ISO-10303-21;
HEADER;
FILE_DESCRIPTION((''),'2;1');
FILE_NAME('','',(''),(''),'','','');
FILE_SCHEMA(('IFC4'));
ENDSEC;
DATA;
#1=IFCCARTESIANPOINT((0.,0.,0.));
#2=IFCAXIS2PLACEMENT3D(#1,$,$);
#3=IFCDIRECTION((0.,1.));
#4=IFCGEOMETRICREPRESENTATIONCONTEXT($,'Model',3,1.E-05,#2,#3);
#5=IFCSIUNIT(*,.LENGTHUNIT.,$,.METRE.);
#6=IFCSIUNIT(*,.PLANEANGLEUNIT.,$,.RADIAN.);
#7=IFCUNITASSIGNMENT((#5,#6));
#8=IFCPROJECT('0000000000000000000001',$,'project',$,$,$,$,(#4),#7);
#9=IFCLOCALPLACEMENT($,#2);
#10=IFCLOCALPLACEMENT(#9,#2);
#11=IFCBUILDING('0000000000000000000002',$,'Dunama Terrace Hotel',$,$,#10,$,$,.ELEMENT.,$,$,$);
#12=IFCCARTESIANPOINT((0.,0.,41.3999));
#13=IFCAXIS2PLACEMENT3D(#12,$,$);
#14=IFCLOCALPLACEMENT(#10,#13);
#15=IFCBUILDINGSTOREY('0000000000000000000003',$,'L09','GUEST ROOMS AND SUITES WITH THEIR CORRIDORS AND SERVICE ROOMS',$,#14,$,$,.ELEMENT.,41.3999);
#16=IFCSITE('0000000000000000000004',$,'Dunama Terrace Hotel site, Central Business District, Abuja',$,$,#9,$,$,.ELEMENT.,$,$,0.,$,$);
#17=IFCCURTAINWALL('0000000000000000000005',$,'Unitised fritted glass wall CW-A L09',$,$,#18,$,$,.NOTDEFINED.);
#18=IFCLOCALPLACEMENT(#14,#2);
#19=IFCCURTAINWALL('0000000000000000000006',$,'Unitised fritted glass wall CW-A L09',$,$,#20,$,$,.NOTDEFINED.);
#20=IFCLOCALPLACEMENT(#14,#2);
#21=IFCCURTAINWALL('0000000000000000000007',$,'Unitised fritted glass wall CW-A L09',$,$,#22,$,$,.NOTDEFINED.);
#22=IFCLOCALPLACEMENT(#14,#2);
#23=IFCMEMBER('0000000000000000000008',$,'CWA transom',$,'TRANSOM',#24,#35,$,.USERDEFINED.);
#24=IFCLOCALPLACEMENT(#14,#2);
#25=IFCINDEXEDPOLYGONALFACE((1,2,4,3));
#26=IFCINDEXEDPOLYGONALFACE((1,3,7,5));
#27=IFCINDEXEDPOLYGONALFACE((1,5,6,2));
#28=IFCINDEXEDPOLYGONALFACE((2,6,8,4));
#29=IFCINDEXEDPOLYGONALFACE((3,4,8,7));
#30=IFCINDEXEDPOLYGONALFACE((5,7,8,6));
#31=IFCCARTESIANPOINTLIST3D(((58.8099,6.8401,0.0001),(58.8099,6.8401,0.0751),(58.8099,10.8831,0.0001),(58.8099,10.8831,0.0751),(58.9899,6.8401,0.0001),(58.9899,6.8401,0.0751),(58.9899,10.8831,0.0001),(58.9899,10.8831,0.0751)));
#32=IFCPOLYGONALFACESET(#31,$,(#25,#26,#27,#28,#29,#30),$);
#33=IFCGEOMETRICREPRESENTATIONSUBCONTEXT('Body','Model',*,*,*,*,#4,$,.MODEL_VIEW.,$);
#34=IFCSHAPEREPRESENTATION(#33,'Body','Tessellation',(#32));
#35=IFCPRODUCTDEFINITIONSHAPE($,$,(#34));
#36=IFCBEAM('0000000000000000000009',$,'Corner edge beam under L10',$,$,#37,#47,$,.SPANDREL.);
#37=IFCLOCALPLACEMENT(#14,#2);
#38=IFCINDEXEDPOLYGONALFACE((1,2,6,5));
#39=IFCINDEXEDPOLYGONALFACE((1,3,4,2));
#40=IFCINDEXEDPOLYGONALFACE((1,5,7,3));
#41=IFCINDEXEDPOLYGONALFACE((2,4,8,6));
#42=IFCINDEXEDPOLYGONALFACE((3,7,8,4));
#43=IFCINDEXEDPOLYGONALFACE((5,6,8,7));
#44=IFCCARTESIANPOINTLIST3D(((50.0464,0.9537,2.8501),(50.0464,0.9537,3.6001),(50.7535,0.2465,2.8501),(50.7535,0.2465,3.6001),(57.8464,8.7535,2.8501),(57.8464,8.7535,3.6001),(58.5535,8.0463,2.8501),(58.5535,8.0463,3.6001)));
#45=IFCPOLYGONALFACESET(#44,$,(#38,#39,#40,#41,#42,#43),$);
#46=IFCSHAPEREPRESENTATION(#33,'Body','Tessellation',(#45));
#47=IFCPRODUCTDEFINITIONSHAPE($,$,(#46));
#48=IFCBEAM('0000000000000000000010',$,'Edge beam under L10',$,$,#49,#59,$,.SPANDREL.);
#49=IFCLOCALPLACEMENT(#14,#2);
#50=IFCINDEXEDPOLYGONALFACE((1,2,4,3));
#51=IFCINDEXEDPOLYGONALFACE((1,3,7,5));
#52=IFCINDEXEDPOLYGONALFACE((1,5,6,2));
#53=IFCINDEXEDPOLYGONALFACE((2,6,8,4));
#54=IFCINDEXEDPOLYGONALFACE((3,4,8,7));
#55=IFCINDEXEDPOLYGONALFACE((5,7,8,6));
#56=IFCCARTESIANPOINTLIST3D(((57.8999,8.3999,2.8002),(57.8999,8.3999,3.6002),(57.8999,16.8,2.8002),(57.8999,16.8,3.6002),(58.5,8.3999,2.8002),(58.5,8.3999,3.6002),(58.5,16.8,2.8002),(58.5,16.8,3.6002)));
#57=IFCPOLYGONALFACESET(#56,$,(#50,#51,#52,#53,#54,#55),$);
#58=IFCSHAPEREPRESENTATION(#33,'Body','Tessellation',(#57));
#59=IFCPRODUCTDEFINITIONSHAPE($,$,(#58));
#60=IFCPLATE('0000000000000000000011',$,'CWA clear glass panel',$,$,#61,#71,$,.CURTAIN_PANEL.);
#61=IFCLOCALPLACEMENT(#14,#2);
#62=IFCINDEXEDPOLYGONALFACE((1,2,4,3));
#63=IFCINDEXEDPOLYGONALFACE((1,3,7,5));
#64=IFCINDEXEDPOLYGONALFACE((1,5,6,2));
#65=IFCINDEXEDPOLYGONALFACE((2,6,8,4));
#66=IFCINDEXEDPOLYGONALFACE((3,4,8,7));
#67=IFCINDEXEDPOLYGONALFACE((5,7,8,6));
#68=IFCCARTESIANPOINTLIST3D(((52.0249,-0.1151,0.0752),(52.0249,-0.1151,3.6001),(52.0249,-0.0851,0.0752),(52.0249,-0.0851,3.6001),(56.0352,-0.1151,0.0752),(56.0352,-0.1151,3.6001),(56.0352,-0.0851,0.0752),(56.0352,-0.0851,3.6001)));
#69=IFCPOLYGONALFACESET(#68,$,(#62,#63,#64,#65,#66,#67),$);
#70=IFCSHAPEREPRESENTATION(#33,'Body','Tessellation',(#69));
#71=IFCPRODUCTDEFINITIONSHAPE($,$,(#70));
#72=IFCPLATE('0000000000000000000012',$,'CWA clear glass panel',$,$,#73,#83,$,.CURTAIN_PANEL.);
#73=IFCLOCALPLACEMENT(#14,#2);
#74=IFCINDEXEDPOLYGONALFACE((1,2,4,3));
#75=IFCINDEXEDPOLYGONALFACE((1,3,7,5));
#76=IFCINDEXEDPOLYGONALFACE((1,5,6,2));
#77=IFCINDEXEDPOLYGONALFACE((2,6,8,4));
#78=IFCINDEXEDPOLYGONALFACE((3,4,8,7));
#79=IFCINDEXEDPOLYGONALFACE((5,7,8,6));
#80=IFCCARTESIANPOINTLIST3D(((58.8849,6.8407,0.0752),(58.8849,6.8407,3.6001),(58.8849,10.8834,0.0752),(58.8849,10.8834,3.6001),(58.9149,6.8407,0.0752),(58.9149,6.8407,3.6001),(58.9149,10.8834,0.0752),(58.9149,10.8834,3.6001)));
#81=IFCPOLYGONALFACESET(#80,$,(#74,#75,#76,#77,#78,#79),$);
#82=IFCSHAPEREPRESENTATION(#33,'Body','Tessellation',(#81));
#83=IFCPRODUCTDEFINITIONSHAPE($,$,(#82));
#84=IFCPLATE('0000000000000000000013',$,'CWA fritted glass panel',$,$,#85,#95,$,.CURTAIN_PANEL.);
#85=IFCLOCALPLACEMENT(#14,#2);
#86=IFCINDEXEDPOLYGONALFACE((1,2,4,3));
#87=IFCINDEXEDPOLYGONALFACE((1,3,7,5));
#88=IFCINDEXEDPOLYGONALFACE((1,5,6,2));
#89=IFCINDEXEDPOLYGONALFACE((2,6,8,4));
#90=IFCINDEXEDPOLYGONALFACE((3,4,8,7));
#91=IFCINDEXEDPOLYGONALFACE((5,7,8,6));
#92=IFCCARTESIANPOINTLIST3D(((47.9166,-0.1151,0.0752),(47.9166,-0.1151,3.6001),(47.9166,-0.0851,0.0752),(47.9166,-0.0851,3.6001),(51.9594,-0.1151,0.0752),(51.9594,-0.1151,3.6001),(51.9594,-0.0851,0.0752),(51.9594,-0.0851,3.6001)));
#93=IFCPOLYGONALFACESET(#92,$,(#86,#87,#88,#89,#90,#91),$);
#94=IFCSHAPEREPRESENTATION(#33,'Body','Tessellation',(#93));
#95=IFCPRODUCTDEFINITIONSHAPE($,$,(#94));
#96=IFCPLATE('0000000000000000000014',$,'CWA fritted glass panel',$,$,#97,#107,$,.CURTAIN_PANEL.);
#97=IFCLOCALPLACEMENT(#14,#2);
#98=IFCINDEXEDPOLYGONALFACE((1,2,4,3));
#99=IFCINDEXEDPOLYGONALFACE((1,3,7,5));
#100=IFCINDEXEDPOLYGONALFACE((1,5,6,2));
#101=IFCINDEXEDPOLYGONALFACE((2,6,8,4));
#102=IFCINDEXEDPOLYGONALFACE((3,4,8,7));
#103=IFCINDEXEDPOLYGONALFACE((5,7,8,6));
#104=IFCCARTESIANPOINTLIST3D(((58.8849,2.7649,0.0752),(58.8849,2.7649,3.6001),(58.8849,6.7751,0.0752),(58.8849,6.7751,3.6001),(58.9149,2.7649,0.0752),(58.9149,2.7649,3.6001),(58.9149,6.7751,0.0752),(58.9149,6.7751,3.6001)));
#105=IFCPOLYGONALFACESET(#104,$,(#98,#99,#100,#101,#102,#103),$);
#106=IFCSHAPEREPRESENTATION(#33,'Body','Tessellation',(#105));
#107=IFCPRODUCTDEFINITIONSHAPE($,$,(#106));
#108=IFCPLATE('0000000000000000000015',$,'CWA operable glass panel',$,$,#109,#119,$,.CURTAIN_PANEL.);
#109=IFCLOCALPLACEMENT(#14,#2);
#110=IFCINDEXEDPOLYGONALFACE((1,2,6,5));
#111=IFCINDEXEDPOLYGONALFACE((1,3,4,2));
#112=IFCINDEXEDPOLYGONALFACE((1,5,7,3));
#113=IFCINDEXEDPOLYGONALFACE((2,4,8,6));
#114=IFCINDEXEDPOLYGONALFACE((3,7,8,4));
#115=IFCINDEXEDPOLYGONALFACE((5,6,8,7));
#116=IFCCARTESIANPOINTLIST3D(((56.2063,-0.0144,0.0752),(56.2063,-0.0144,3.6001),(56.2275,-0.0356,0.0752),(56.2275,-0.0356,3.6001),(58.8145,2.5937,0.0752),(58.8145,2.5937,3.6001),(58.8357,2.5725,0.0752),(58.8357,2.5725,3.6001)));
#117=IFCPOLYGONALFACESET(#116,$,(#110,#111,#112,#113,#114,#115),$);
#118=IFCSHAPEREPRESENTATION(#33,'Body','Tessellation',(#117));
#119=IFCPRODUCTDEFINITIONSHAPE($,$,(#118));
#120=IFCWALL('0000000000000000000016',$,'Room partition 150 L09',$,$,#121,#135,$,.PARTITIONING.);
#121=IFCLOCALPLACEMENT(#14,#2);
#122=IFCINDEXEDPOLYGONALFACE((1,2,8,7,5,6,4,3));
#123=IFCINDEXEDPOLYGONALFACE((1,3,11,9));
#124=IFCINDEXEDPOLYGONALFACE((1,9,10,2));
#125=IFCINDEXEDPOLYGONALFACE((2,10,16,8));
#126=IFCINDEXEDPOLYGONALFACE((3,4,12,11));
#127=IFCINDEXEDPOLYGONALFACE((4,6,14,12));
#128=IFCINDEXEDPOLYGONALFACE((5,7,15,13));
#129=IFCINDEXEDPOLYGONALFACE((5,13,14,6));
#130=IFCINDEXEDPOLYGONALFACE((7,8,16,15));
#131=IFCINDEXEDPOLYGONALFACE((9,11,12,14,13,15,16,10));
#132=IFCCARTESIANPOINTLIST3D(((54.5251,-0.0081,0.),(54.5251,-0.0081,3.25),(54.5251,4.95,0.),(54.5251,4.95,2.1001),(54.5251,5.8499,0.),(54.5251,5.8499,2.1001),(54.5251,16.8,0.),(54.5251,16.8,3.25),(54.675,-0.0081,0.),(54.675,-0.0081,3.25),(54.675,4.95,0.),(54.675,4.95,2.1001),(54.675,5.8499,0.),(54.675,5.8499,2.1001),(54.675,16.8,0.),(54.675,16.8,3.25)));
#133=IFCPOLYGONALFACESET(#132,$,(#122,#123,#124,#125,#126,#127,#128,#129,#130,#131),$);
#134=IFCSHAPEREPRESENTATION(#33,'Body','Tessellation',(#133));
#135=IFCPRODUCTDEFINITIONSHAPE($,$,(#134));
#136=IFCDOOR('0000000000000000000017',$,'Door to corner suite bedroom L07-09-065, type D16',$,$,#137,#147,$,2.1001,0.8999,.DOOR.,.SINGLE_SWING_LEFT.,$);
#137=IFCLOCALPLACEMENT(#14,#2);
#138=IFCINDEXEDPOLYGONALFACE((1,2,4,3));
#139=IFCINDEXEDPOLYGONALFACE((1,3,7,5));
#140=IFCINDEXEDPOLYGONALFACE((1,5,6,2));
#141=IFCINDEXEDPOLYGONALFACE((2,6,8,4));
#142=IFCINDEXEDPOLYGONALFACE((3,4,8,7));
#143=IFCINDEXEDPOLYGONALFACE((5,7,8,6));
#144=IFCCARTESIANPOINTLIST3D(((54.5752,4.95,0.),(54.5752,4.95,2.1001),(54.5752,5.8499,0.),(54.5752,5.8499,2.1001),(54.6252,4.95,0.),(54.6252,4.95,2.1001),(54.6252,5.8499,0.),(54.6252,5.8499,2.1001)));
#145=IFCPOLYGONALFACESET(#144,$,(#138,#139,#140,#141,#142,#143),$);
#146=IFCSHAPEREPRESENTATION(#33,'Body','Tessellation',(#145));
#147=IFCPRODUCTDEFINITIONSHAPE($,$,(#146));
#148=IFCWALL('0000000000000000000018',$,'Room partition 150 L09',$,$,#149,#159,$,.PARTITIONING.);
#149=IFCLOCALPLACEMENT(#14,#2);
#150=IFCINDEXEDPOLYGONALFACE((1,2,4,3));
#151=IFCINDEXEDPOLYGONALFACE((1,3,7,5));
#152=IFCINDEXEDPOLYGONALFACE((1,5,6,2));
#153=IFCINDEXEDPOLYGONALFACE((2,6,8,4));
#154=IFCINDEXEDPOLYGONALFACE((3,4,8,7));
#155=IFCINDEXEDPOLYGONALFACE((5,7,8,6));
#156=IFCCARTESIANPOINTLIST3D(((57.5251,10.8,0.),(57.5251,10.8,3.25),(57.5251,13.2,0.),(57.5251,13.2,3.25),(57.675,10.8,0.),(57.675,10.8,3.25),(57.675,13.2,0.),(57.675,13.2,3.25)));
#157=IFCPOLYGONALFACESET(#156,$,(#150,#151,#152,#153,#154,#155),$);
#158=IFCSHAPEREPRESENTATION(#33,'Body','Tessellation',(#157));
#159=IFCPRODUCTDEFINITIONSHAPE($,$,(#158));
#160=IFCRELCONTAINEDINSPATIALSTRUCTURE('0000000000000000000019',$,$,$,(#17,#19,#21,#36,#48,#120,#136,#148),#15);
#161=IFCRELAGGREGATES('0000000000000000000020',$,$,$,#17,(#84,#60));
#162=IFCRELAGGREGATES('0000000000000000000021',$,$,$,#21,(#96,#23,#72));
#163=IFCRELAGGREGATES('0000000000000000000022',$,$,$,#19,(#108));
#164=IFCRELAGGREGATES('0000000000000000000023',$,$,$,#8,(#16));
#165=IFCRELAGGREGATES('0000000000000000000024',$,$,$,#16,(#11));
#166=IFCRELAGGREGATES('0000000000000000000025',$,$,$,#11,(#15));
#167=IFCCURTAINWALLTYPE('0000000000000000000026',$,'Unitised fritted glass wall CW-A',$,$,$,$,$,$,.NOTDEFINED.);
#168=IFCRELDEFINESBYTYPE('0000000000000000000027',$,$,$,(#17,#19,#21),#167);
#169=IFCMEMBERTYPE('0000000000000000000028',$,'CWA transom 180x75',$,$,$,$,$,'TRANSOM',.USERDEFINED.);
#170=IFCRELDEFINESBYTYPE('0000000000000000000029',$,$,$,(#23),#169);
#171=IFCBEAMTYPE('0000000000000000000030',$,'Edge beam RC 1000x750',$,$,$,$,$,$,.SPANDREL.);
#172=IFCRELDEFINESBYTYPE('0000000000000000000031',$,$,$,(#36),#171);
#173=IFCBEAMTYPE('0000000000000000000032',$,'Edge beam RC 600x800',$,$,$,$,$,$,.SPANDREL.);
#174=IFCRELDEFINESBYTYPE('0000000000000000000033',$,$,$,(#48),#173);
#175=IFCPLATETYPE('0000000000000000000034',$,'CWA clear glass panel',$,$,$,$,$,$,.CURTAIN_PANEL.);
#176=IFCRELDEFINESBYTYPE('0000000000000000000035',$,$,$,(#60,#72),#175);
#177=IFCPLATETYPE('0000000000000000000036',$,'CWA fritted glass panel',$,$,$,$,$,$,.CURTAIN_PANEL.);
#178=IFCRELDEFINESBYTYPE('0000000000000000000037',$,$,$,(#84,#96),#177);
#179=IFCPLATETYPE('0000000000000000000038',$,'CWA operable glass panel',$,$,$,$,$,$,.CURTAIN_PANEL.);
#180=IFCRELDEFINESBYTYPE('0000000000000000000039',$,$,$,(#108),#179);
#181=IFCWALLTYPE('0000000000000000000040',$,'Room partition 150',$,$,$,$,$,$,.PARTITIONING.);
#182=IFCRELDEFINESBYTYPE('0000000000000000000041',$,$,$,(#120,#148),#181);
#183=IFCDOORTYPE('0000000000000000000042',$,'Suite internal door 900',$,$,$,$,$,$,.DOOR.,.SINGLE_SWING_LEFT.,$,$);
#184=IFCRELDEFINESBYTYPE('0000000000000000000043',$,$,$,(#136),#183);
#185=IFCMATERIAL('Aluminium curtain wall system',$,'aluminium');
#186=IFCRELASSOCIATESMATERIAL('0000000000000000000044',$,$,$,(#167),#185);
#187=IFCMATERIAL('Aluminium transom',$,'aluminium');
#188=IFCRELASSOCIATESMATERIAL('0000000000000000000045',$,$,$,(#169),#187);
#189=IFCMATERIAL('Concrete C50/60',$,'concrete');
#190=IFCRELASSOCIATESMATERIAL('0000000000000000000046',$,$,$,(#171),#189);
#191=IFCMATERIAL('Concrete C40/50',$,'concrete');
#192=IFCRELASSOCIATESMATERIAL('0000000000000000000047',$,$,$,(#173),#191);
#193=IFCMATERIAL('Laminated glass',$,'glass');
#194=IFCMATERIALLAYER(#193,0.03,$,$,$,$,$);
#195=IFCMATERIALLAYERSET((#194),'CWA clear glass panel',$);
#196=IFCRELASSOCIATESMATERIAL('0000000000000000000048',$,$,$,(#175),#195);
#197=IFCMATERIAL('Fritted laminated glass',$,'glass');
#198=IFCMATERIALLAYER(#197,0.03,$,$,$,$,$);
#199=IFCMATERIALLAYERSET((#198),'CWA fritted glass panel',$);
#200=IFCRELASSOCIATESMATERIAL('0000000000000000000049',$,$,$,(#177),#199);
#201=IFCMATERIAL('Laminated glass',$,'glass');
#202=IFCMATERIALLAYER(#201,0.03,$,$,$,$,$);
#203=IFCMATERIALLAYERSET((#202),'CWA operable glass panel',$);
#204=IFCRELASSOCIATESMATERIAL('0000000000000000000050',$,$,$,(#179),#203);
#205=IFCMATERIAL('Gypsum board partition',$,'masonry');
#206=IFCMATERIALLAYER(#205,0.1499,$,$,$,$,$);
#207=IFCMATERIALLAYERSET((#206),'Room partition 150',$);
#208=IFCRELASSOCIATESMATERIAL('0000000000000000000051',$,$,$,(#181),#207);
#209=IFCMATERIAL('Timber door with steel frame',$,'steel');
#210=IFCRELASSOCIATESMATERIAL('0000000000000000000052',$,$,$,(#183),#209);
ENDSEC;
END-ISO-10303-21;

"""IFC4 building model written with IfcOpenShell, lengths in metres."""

from ifc_helpers import new_model, si_unit, direction, frame, frame_2d, origin, origin_2d, place, context, subcontext, project, spatial, rectangle, extrude, material, layer, layer_set, material_profile, profile_set, type_object, element, fill, aggregate, save


model = new_model("IFC4")

# Units and contexts
model_context = context("Model", 3, precision=1e-05, world=origin(), true_north=direction((0.0, 1.0)))
body_context = subcontext(model_context, "Body", "Model", "MODEL_VIEW")
ifc_project = project(units=[si_unit("LENGTHUNIT", "METRE"), si_unit("PLANEANGLEUNIT", "RADIAN")], contexts=[model_context])

# Site, building, storey
site_placement = place(None, origin())
site = spatial("IfcSite", under=ifc_project, at=site_placement, Name="Dunama Terrace Hotel site, Central Business District, Abuja", CompositionType="ELEMENT", RefElevation=0.0)
building_placement = place(site_placement, origin())
building = spatial("IfcBuilding", under=site, at=building_placement, Name="Dunama Terrace Hotel", CompositionType="ELEMENT")
storey_placement = place(building_placement, frame((0.0, 0.0, 41.3999)))
storey = spatial("IfcBuildingStorey", under=building, at=storey_placement, Name="L09", Description="GUEST ROOMS AND SUITES WITH THEIR CORRIDORS AND SERVICE ROOMS", CompositionType="ELEMENT", Elevation=41.3999)

# Curtain walls
ifc_material_1 = material(Name="Aluminium curtain wall system", Category="aluminium")
curtain_wall_type = type_object("IfcCurtainWallType", Name="Unitised fritted glass wall CW-A", PredefinedType="NOTDEFINED", material=ifc_material_1)
curtain_wall_1_placement = place(storey_placement, origin())
curtain_wall_1 = element("IfcCurtainWall", 1, at=curtain_wall_1_placement, inside=storey, type_object=curtain_wall_type, Name="Unitised fritted glass wall CW-A L09", PredefinedType="NOTDEFINED")
curtain_wall_2_placement = place(storey_placement, origin())
curtain_wall_2 = element("IfcCurtainWall", 2, at=curtain_wall_2_placement, inside=storey, type_object=curtain_wall_type, Name="Unitised fritted glass wall CW-A L09", PredefinedType="NOTDEFINED")
curtain_wall_3_placement = place(storey_placement, origin())
curtain_wall_3 = element("IfcCurtainWall", 3, at=curtain_wall_3_placement, inside=storey, type_object=curtain_wall_type, Name="Unitised fritted glass wall CW-A L09", PredefinedType="NOTDEFINED")

# Member
ifc_material_2 = material(Name="Aluminium transom", Category="aluminium")
ifc_material_profile_1 = material_profile(ifc_material_2, rectangle(XDim=0.1799, YDim=0.075, at=origin_2d()), Name="CWA TRANSOM 180X75")
ifc_profile_set_1 = profile_set([ifc_material_profile_1], Name="Aluminium transom")
member_type_1 = type_object("IfcMemberType", Name="CWA transom 180x75", ElementType="TRANSOM", PredefinedType="USERDEFINED", material=ifc_profile_set_1)
member_1_placement = place(storey_placement, frame((58.8999, 6.8401, 0.0376), z_axis=(0.0, 1.0, 0.0), x_axis=(-1.0, 0.0, 0.0)))
member_1 = element("IfcMember", 4, at=member_1_placement, type_object=member_type_1, Name="CWA transom", ObjectType="TRANSOM", PredefinedType="USERDEFINED", context=body_context, shape_type="SweptSolid", body=[
    extrude(rectangle(XDim=0.1799, YDim=0.075, at=origin_2d()), origin(), (0.0, 0.0, 1.0), 4.043),
])

# Beams
ifc_material_3 = material(Name="Concrete C50/60", Category="concrete")
ifc_material_profile_2 = material_profile(ifc_material_3, rectangle(XDim=1.0, YDim=0.75, at=origin_2d()), Name="RC 1000x750")
ifc_profile_set_2 = profile_set([ifc_material_profile_2], Name="Concrete C50/60")
beam_type_1 = type_object("IfcBeamType", Name="Edge beam RC 1000x750", PredefinedType="SPANDREL", material=ifc_profile_set_2)
beam_1_placement = place(storey_placement, frame((50.3999, 0.6001, 3.2251), z_axis=(0.707118, 0.707096, 0.0), x_axis=(-0.707096, 0.707118, 0.0)))
element("IfcBeam", 5, at=beam_1_placement, inside=storey, type_object=beam_type_1, Name="Corner edge beam under L10", PredefinedType="SPANDREL", context=body_context, shape_type="SweptSolid", body=[
    extrude(rectangle(XDim=1.0, YDim=0.75, at=origin_2d()), origin(), (0.0, 0.0, 1.0), 11.0308),
])
ifc_material_4 = material(Name="Concrete C40/50", Category="concrete")
ifc_material_profile_3 = material_profile(ifc_material_4, rectangle(XDim=0.6001, YDim=0.8, at=origin_2d()), Name="RC 600x800")
ifc_profile_set_3 = profile_set([ifc_material_profile_3], Name="Concrete C40/50")
beam_type_2 = type_object("IfcBeamType", Name="Edge beam RC 600x800", PredefinedType="SPANDREL", material=ifc_profile_set_3)
beam_2_placement = place(storey_placement, frame((58.2, 8.3999, 3.2002), z_axis=(0.0, 1.0, 0.0), x_axis=(-1.0, 0.0, 0.0)))
element("IfcBeam", 6, at=beam_2_placement, inside=storey, type_object=beam_type_2, Name="Edge beam under L10", PredefinedType="SPANDREL", context=body_context, shape_type="SweptSolid", body=[
    extrude(rectangle(XDim=0.6001, YDim=0.8, at=origin_2d()), origin(), (0.0, 0.0, 1.0), 8.4001),
])

# Plates
ifc_material_5 = material(Name="Laminated glass", Category="glass")
ifc_layer_1 = layer(ifc_material_5, 0.03)
ifc_layer_set_1 = layer_set([ifc_layer_1], Name="CWA clear glass panel")
plate_type_1 = type_object("IfcPlateType", Name="CWA clear glass panel", PredefinedType="CURTAIN_PANEL", material=ifc_layer_set_1)
plate_1_placement = place(storey_placement, frame((54.03, -0.1001, 0.0752), z_axis=(0.0, 0.0, 1.0), x_axis=(1.0, 0.0, 0.0)))
plate_1 = element("IfcPlate", 7, at=plate_1_placement, type_object=plate_type_1, Name="CWA clear glass panel", PredefinedType="CURTAIN_PANEL", context=body_context, shape_type="SweptSolid", body=[
    extrude(rectangle(XDim=4.0103, YDim=0.03, at=origin_2d()), origin(), (0.0, 0.0, 1.0), 3.5249),
])
plate_2_placement = place(storey_placement, frame((58.8999, 8.8621, 0.0752), z_axis=(0.0, 0.0, 1.0), x_axis=(0.0, 1.0, 0.0)))
plate_2 = element("IfcPlate", 8, at=plate_2_placement, type_object=plate_type_1, Name="CWA clear glass panel", PredefinedType="CURTAIN_PANEL", context=body_context, shape_type="SweptSolid", body=[
    extrude(rectangle(XDim=4.0427, YDim=0.03, at=origin_2d()), origin(), (0.0, 0.0, 1.0), 3.5249),
])
ifc_material_6 = material(Name="Fritted laminated glass", Category="glass")
ifc_layer_2 = layer(ifc_material_6, 0.03)
ifc_layer_set_2 = layer_set([ifc_layer_2], Name="CWA fritted glass panel")
plate_type_2 = type_object("IfcPlateType", Name="CWA fritted glass panel", PredefinedType="CURTAIN_PANEL", material=ifc_layer_set_2)
plate_3_placement = place(storey_placement, frame((49.938, -0.1001, 0.0752), z_axis=(0.0, 0.0, 1.0), x_axis=(1.0, 0.0, 0.0)))
plate_3 = element("IfcPlate", 9, at=plate_3_placement, type_object=plate_type_2, Name="CWA fritted glass panel", PredefinedType="CURTAIN_PANEL", context=body_context, shape_type="SweptSolid", body=[
    extrude(rectangle(XDim=4.0427, YDim=0.03, at=origin_2d()), origin(), (0.0, 0.0, 1.0), 3.5249),
])
aggregate(curtain_wall_1, [plate_3, plate_1])
plate_4_placement = place(storey_placement, frame((58.8999, 4.77, 0.0752), z_axis=(0.0, 0.0, 1.0), x_axis=(0.0, 1.0, 0.0)))
plate_4 = element("IfcPlate", 10, at=plate_4_placement, type_object=plate_type_2, Name="CWA fritted glass panel", PredefinedType="CURTAIN_PANEL", context=body_context, shape_type="SweptSolid", body=[
    extrude(rectangle(XDim=4.0103, YDim=0.03, at=origin_2d()), origin(), (0.0, 0.0, 1.0), 3.5249),
])
aggregate(curtain_wall_3, [plate_4, member_1, plate_2])
ifc_material_7 = material(Name="Laminated glass", Category="glass")
ifc_layer_3 = layer(ifc_material_7, 0.03)
ifc_layer_set_3 = layer_set([ifc_layer_3], Name="CWA operable glass panel")
plate_type_3 = type_object("IfcPlateType", Name="CWA operable glass panel", PredefinedType="CURTAIN_PANEL", material=ifc_layer_set_3)
plate_5_placement = place(storey_placement, frame((57.521, 1.2791, 0.0752), z_axis=(0.0, 0.0, 1.0), x_axis=(0.707107, 0.707107, 0.0)))
plate_5 = element("IfcPlate", 11, at=plate_5_placement, type_object=plate_type_3, Name="CWA operable glass panel", PredefinedType="CURTAIN_PANEL", context=body_context, shape_type="SweptSolid", body=[
    extrude(rectangle(XDim=3.6885, YDim=0.03, at=origin_2d()), origin(), (0.0, 0.0, 1.0), 3.5249),
])
aggregate(curtain_wall_2, [plate_5])

# Wall, opening, door
ifc_material_8 = material(Name="Gypsum board partition", Category="masonry")
ifc_layer_4 = layer(ifc_material_8, 0.1499)
ifc_layer_set_4 = layer_set([ifc_layer_4], Name="Room partition 150")
wall_type = type_object("IfcWallType", Name="Room partition 150", PredefinedType="PARTITIONING", material=ifc_layer_set_4)
wall_1_placement = place(storey_placement, frame((54.6001, -0.0081, 0.0), z_axis=(0.0, 0.0, 1.0), x_axis=(0.0, 1.0, 0.0)))
wall_1 = element("IfcWall", 12, at=wall_1_placement, inside=storey, type_object=wall_type, Name="Room partition 150 L09", PredefinedType="PARTITIONING", context=body_context, shape_type="SweptSolid", body=[
    extrude(rectangle(XDim=16.8081, YDim=0.1499, at=frame_2d((8.4041, 0.0))), origin(), (0.0, 0.0, 1.0), 3.25),
])
opening_1_placement = place(wall_1_placement, frame((4.958, 0.0, 0.0)))
opening_1 = element("IfcOpeningElement", 13, at=opening_1_placement, cuts=wall_1, PredefinedType="OPENING", context=body_context, shape_type="SweptSolid", body=[
    extrude(rectangle(XDim=0.8999, YDim=2.1001, at=frame_2d((0.45, 1.05))), frame((0.0, 0.085, 0.0), z_axis=(0.0, -1.0, 0.0), x_axis=(1.0, 0.0, 0.0)), (0.0, 0.0, 1.0), 0.1699),
])
ifc_material_9 = material(Name="Timber door with steel frame", Category="steel")
door_type = type_object("IfcDoorType", Name="Suite internal door 900", OperationType="SINGLE_SWING_LEFT", PredefinedType="DOOR", material=ifc_material_9)
door_1_placement = place(opening_1_placement, frame((0.8999, 0.0, 0.0), z_axis=(0.0, 0.0, 1.0), x_axis=(-1.0, 0.0, 0.0)))
door_1 = element("IfcDoor", 14, at=door_1_placement, inside=storey, type_object=door_type, Name="Door to corner suite bedroom L07-09-065, type D16", OperationType="SINGLE_SWING_LEFT", OverallHeight=2.1001, OverallWidth=0.8999, PredefinedType="DOOR", context=body_context, shape_type="SweptSolid", body=[
    extrude(rectangle(XDim=0.8999, YDim=2.1001, at=frame_2d((0.45, 1.05))), frame((0.0, 0.0251, 0.0), z_axis=(0.0, -1.0, 0.0), x_axis=(1.0, 0.0, 0.0)), (0.0, 0.0, 1.0), 0.05),
])
fill(opening_1, door_1)

# Wall
wall_2_placement = place(storey_placement, frame((57.6001, 10.8, 0.0), z_axis=(0.0, 0.0, 1.0), x_axis=(0.0, 1.0, 0.0)))
element("IfcWall", 15, at=wall_2_placement, inside=storey, type_object=wall_type, Name="Room partition 150 L09", PredefinedType="PARTITIONING", context=body_context, shape_type="SweptSolid", body=[
    extrude(rectangle(XDim=2.3999, YDim=0.1499, at=frame_2d((1.2, 0.0))), origin(), (0.0, 0.0, 1.0), 3.25),
])

save(model, "model.ifc")
